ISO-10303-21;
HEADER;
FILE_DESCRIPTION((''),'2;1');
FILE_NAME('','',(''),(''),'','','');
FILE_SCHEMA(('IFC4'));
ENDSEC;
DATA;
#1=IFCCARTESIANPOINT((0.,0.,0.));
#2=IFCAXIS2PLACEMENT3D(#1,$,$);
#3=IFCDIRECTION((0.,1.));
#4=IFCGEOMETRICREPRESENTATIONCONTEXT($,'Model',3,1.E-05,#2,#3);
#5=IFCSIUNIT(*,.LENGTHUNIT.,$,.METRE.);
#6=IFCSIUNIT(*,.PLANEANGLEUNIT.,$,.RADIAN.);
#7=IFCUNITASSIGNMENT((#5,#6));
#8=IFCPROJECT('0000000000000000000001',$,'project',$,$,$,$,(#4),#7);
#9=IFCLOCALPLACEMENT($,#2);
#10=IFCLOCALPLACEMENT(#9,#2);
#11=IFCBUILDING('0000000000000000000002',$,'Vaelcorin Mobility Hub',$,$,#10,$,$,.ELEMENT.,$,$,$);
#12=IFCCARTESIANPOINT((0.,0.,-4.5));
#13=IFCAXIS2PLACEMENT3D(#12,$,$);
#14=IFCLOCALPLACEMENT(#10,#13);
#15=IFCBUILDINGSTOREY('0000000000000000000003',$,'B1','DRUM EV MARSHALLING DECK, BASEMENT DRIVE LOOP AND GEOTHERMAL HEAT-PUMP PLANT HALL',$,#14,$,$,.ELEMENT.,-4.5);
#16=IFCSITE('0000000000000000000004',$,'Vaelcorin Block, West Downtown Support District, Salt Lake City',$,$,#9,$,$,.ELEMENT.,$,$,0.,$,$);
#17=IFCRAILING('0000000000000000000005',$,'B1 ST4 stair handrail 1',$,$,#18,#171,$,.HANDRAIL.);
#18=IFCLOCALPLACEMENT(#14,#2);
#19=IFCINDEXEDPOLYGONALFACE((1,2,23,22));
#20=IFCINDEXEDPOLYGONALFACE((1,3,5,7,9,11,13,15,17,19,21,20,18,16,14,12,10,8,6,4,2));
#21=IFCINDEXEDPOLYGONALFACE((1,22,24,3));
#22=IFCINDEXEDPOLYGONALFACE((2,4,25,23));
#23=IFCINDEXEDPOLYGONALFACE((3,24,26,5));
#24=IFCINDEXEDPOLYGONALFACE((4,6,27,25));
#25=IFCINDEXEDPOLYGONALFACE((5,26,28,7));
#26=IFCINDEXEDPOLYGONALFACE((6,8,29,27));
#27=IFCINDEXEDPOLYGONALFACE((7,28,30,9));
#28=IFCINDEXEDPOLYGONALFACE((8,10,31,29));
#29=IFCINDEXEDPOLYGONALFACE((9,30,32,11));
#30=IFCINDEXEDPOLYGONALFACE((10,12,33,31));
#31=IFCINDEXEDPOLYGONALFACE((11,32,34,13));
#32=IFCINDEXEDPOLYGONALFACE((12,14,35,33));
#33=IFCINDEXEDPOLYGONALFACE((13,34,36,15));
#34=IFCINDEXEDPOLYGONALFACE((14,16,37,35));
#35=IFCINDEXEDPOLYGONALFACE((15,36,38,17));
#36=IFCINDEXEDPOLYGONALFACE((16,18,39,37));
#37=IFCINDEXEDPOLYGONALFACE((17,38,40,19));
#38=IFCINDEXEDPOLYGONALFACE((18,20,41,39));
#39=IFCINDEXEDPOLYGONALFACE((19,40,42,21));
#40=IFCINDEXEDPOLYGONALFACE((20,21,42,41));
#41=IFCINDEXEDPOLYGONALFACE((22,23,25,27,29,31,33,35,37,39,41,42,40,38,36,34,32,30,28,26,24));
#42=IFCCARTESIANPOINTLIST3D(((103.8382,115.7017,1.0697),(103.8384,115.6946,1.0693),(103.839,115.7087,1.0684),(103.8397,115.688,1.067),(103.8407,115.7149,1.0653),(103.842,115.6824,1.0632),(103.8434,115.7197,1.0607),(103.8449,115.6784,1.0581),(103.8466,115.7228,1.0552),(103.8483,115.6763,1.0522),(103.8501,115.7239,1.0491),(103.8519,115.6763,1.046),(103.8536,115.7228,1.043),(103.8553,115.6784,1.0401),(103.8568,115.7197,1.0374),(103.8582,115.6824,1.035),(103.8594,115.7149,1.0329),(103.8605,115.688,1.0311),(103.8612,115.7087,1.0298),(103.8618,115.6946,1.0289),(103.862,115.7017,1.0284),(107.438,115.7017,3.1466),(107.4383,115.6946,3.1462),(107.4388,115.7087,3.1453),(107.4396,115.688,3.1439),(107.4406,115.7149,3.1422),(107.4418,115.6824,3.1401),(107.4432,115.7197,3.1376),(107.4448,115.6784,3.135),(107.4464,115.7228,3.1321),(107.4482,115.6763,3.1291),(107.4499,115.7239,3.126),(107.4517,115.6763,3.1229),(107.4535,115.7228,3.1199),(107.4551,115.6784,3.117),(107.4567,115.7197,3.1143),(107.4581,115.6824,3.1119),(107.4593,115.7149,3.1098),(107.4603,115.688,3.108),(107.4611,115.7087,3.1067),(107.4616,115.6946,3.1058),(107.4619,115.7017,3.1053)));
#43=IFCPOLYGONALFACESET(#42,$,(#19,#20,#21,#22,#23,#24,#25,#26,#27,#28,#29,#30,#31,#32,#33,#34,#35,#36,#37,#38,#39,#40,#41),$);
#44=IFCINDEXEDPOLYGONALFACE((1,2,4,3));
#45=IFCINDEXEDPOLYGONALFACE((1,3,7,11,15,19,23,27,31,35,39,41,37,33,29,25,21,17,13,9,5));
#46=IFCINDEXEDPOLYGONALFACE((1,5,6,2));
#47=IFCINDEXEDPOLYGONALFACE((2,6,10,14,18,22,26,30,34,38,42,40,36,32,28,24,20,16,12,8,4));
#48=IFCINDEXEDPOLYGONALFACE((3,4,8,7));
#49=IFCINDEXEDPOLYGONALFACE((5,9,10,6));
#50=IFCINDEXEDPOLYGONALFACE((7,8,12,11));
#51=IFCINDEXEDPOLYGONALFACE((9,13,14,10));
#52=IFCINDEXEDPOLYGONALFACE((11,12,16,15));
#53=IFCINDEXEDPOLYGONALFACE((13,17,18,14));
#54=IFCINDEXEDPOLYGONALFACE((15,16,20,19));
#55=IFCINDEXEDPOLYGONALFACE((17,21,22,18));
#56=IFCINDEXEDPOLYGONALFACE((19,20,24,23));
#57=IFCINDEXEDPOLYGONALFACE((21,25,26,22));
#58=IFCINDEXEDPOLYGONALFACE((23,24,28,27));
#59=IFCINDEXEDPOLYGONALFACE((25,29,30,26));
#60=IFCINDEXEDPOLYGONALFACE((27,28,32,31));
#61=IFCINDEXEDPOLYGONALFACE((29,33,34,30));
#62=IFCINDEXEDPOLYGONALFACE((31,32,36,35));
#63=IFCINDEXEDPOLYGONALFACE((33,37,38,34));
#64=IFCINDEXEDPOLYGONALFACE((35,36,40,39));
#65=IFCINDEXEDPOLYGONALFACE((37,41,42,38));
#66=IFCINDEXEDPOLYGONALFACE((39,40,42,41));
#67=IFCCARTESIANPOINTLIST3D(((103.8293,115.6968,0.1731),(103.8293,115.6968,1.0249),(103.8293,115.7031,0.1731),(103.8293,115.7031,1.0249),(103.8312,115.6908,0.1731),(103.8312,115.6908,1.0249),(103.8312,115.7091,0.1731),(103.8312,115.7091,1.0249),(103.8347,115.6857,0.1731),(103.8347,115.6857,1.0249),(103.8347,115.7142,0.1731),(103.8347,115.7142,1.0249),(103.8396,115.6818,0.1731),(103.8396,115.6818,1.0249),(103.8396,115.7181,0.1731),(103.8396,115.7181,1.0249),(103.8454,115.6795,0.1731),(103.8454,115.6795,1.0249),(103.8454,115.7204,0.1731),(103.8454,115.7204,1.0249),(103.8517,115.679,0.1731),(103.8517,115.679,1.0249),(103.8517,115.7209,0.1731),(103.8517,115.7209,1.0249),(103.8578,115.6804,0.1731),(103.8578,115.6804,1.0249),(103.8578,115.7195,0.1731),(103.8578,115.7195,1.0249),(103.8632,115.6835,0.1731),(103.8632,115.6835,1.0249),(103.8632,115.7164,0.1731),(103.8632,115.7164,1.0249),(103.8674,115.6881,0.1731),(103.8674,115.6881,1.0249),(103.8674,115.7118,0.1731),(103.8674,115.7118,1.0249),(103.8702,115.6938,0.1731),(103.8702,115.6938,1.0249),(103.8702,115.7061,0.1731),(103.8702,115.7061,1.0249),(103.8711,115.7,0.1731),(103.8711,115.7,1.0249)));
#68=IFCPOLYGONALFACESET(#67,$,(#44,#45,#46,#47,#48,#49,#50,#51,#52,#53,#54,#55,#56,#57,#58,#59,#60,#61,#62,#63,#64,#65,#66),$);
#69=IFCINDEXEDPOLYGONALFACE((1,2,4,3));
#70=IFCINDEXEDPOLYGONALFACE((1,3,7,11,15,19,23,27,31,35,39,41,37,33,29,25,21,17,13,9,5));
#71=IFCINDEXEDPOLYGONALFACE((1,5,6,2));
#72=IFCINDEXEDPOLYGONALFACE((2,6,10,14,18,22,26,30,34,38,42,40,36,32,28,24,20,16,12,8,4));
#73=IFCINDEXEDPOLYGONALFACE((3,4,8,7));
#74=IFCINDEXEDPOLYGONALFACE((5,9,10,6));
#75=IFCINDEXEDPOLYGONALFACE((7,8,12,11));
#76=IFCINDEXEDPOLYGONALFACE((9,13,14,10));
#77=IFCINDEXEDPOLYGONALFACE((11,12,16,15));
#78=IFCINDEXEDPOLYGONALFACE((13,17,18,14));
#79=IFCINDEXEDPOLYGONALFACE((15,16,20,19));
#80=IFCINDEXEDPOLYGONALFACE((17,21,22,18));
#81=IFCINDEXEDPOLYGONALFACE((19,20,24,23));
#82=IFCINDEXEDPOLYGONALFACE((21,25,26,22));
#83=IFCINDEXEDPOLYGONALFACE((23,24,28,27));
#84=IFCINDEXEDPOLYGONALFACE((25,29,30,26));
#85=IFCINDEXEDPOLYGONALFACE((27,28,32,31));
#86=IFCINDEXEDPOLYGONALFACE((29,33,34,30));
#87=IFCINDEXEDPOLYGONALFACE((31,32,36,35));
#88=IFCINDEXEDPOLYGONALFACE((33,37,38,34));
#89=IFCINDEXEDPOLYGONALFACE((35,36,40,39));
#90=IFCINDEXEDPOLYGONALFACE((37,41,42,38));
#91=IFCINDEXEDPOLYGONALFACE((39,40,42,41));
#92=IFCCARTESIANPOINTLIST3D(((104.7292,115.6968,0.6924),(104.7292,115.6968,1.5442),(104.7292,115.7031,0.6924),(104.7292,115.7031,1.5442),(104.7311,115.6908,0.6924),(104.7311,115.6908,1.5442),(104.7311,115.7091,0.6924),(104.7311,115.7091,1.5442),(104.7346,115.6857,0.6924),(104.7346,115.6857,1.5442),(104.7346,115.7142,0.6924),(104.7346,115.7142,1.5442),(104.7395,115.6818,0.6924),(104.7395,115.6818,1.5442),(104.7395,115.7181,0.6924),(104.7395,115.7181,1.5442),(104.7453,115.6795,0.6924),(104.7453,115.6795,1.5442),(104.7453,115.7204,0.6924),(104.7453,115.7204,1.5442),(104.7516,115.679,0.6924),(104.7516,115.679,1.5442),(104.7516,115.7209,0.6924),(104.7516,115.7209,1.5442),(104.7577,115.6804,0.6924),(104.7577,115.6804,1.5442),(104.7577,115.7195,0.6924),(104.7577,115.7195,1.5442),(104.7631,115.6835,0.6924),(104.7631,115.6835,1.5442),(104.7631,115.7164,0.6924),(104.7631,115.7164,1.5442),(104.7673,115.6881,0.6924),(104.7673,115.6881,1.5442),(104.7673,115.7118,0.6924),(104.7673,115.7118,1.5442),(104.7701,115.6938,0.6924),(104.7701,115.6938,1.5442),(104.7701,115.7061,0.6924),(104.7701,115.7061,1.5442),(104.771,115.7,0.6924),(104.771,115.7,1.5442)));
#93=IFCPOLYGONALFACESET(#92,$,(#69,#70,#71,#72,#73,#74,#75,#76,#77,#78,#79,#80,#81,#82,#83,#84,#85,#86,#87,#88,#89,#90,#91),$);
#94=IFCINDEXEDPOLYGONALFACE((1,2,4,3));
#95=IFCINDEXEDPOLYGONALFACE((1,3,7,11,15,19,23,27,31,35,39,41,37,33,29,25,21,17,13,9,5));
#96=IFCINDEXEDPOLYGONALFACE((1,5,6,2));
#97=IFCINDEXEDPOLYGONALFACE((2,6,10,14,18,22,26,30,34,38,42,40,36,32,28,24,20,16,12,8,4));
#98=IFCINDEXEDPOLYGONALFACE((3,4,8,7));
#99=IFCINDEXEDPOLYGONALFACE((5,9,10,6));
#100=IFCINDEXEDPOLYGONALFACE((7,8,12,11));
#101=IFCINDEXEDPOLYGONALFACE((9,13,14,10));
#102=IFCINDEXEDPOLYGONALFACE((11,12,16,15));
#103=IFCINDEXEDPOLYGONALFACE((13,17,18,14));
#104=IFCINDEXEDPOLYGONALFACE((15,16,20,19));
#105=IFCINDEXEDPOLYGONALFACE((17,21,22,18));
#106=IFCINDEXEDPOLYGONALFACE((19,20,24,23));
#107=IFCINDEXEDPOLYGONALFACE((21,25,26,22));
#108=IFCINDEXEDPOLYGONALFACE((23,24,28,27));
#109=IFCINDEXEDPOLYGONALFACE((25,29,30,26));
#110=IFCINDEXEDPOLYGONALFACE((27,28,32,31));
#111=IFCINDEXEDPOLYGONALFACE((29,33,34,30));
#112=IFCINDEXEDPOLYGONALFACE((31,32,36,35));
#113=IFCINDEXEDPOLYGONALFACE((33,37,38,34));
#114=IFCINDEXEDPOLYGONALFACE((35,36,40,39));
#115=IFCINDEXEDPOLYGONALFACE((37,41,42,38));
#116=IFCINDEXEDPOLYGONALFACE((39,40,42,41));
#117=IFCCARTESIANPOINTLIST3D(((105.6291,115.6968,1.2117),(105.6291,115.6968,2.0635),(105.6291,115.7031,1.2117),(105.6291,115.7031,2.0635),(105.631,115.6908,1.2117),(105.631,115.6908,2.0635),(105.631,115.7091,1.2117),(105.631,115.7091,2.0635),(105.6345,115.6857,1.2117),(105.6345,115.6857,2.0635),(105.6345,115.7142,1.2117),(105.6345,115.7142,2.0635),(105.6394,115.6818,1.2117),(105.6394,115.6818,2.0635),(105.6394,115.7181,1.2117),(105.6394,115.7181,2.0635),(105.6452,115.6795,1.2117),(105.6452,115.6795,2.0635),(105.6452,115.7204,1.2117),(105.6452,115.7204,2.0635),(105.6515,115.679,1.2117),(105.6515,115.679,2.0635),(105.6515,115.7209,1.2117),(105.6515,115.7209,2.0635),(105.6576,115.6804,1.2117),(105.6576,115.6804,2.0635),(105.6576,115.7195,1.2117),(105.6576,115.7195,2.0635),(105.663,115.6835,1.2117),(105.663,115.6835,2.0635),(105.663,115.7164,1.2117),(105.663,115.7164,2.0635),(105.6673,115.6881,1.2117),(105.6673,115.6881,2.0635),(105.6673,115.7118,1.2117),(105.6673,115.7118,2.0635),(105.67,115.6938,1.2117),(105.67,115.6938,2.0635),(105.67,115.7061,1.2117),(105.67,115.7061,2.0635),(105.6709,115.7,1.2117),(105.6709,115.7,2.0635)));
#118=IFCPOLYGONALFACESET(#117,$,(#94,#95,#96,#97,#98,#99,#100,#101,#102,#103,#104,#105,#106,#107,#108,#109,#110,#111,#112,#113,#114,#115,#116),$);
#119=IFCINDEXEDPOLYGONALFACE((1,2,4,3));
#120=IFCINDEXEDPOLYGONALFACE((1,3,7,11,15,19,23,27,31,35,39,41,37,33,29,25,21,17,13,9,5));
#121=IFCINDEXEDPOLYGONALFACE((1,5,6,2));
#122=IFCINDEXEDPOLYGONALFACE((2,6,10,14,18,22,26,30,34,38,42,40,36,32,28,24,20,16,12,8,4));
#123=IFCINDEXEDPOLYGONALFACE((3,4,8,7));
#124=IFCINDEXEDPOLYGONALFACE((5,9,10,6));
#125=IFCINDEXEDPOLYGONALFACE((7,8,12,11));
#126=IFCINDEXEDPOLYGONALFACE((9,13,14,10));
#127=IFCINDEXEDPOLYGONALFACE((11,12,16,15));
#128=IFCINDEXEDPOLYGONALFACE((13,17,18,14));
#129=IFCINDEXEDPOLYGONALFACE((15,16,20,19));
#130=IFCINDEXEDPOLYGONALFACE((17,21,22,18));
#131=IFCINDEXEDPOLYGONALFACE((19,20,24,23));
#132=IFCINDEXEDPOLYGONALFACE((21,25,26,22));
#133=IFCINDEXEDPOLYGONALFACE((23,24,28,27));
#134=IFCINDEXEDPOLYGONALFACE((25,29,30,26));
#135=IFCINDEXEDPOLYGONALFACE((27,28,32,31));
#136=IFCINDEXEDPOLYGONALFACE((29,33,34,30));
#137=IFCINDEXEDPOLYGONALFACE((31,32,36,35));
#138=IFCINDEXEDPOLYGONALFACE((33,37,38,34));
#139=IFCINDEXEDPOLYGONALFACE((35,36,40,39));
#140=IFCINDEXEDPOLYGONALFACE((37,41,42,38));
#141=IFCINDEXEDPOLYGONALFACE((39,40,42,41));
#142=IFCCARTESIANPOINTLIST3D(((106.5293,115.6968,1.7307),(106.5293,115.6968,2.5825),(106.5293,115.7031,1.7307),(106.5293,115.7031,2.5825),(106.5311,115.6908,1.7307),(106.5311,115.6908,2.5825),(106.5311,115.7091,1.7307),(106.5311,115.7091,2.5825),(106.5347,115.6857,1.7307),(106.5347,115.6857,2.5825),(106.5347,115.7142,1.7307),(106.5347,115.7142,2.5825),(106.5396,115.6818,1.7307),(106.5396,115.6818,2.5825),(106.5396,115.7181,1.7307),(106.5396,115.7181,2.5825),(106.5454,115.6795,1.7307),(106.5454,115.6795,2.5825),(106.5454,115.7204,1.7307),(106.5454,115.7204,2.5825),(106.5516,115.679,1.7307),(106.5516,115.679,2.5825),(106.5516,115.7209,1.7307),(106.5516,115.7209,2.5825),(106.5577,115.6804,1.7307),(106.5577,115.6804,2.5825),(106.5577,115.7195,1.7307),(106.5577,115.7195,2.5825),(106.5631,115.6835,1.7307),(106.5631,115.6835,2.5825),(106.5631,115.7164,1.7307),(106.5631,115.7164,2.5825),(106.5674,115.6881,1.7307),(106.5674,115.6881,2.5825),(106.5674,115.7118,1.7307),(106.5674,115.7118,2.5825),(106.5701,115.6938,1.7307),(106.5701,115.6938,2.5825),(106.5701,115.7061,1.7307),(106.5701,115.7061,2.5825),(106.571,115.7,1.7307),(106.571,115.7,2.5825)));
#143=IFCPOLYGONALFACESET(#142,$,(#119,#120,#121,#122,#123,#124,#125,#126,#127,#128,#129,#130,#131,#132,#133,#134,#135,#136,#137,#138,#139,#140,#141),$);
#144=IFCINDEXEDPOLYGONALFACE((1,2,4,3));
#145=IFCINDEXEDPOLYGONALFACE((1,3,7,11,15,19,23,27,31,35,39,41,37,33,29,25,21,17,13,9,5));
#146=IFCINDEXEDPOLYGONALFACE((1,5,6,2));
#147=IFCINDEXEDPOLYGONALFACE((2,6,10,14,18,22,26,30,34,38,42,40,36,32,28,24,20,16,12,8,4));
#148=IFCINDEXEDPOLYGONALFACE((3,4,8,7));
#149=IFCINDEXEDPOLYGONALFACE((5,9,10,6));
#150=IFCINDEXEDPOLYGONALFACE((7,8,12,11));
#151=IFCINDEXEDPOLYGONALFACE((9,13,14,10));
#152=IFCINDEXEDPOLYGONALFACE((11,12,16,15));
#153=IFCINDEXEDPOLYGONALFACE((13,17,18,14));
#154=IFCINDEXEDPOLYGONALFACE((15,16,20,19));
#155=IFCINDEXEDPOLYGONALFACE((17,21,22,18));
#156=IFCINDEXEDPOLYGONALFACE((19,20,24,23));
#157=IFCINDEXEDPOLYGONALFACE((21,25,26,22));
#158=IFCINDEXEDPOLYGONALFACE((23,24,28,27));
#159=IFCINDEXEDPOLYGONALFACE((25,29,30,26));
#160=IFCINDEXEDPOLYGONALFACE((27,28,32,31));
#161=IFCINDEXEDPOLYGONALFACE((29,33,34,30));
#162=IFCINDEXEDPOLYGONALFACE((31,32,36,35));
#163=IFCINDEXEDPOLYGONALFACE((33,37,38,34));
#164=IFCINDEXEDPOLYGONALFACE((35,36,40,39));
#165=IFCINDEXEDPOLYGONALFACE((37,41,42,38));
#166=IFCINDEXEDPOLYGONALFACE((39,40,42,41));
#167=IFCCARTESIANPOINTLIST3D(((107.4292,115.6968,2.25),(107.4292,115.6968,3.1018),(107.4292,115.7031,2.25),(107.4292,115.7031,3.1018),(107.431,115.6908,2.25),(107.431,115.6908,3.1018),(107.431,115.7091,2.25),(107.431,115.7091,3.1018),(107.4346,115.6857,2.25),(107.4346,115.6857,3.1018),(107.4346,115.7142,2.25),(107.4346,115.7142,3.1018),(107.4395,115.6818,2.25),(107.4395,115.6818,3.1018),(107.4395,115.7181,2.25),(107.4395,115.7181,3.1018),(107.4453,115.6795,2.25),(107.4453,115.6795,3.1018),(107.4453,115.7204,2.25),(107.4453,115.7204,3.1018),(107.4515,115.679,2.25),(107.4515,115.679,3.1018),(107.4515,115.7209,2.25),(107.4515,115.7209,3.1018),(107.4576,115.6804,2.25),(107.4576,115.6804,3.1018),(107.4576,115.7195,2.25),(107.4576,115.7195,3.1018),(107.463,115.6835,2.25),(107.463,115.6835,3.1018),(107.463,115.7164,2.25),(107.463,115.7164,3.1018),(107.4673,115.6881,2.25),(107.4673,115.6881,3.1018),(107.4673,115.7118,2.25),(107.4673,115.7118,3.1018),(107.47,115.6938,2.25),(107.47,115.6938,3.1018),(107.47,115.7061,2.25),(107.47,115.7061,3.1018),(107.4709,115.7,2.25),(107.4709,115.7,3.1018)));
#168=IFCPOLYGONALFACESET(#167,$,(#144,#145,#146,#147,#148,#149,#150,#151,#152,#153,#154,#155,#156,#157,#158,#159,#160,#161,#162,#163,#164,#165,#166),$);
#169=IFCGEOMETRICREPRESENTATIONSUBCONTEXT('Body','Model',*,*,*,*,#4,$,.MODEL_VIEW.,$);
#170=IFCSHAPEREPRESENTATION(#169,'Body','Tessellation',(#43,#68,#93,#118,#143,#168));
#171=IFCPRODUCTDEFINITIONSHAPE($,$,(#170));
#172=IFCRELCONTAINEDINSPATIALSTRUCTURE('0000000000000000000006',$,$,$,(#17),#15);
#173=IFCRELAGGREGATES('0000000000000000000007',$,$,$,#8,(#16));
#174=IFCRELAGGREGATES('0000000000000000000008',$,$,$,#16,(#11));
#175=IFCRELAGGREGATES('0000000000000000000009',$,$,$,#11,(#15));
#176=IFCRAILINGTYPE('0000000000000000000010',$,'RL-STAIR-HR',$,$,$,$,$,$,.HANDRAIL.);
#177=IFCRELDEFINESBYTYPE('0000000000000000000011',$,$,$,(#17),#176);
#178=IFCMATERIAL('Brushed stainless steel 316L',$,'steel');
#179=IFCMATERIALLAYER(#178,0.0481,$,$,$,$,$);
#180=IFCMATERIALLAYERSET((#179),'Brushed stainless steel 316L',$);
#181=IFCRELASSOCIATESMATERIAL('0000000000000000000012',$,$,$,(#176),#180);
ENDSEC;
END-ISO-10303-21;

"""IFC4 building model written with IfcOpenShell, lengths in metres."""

from ifc_helpers import new_model, si_unit, direction, frame, origin, origin_2d, place, context, subcontext, project, spatial, circle, extrude, material, layer, layer_set, type_object, element, save


model = new_model("IFC4")

# Units and contexts
model_context = context("Model", 3, precision=1e-05, world=origin(), true_north=direction((0.0, 1.0)))
body_context = subcontext(model_context, "Body", "Model", "MODEL_VIEW")
ifc_project = project(units=[si_unit("LENGTHUNIT", "METRE"), si_unit("PLANEANGLEUNIT", "RADIAN")], contexts=[model_context])

# Site, building, storey
site_placement = place(None, origin())
site = spatial("IfcSite", under=ifc_project, at=site_placement, Name="Vaelcorin Block, West Downtown Support District, Salt Lake City", CompositionType="ELEMENT", RefElevation=0.0)
building_placement = place(site_placement, origin())
building = spatial("IfcBuilding", under=site, at=building_placement, Name="Vaelcorin Mobility Hub", CompositionType="ELEMENT")
storey_placement = place(building_placement, frame((0.0, 0.0, -4.5)))
storey = spatial("IfcBuildingStorey", under=building, at=storey_placement, Name="B1", Description="DRUM EV MARSHALLING DECK, BASEMENT DRIVE LOOP AND GEOTHERMAL HEAT-PUMP PLANT HALL", CompositionType="ELEMENT", Elevation=-4.5)

# Railing
ifc_material_1 = material(Name="Brushed stainless steel 316L", Category="steel")
ifc_layer_1 = layer(ifc_material_1, 0.0481)
ifc_layer_set_1 = layer_set([ifc_layer_1], Name="Brushed stainless steel 316L")
railing_type = type_object("IfcRailingType", Name="RL-STAIR-HR", PredefinedType="HANDRAIL", material=ifc_layer_set_1)
for number, where, name in (
    (1, (103.8501, 115.7, 0.1731), "B1 ST4 stair handrail 1"),
):
    element("IfcRailing", number, at=place(storey_placement, frame(where)), inside=storey, type_object=railing_type, Name=name, PredefinedType="HANDRAIL", context=body_context, shape_type="SweptSolid", body=[
        extrude(circle(Radius=0.0239, at=origin_2d()), frame((0.0, 0.0, 0.876), z_axis=(0.866179, 0.0, 0.499734), x_axis=(0.0, 1.0, 0.0)), (0.0, 0.0, 1.0), 4.156),
        extrude(circle(Radius=0.021, at=origin_2d()), origin(), (0.0, 0.0, 1.0), 0.8518),
        extrude(circle(Radius=0.021, at=origin_2d()), frame((0.8999, 0.0, 0.5193)), (0.0, 0.0, 1.0), 0.8518),
        extrude(circle(Radius=0.021, at=origin_2d()), frame((1.7998, 0.0, 1.0386)), (0.0, 0.0, 1.0), 0.8518),
        extrude(circle(Radius=0.021, at=origin_2d()), frame((2.7, 0.0, 1.5576)), (0.0, 0.0, 1.0), 0.8518),
        extrude(circle(Radius=0.021, at=origin_2d()), frame((3.5999, 0.0, 2.0769)), (0.0, 0.0, 1.0), 0.8518),
    ])

save(model, "model.ifc")
